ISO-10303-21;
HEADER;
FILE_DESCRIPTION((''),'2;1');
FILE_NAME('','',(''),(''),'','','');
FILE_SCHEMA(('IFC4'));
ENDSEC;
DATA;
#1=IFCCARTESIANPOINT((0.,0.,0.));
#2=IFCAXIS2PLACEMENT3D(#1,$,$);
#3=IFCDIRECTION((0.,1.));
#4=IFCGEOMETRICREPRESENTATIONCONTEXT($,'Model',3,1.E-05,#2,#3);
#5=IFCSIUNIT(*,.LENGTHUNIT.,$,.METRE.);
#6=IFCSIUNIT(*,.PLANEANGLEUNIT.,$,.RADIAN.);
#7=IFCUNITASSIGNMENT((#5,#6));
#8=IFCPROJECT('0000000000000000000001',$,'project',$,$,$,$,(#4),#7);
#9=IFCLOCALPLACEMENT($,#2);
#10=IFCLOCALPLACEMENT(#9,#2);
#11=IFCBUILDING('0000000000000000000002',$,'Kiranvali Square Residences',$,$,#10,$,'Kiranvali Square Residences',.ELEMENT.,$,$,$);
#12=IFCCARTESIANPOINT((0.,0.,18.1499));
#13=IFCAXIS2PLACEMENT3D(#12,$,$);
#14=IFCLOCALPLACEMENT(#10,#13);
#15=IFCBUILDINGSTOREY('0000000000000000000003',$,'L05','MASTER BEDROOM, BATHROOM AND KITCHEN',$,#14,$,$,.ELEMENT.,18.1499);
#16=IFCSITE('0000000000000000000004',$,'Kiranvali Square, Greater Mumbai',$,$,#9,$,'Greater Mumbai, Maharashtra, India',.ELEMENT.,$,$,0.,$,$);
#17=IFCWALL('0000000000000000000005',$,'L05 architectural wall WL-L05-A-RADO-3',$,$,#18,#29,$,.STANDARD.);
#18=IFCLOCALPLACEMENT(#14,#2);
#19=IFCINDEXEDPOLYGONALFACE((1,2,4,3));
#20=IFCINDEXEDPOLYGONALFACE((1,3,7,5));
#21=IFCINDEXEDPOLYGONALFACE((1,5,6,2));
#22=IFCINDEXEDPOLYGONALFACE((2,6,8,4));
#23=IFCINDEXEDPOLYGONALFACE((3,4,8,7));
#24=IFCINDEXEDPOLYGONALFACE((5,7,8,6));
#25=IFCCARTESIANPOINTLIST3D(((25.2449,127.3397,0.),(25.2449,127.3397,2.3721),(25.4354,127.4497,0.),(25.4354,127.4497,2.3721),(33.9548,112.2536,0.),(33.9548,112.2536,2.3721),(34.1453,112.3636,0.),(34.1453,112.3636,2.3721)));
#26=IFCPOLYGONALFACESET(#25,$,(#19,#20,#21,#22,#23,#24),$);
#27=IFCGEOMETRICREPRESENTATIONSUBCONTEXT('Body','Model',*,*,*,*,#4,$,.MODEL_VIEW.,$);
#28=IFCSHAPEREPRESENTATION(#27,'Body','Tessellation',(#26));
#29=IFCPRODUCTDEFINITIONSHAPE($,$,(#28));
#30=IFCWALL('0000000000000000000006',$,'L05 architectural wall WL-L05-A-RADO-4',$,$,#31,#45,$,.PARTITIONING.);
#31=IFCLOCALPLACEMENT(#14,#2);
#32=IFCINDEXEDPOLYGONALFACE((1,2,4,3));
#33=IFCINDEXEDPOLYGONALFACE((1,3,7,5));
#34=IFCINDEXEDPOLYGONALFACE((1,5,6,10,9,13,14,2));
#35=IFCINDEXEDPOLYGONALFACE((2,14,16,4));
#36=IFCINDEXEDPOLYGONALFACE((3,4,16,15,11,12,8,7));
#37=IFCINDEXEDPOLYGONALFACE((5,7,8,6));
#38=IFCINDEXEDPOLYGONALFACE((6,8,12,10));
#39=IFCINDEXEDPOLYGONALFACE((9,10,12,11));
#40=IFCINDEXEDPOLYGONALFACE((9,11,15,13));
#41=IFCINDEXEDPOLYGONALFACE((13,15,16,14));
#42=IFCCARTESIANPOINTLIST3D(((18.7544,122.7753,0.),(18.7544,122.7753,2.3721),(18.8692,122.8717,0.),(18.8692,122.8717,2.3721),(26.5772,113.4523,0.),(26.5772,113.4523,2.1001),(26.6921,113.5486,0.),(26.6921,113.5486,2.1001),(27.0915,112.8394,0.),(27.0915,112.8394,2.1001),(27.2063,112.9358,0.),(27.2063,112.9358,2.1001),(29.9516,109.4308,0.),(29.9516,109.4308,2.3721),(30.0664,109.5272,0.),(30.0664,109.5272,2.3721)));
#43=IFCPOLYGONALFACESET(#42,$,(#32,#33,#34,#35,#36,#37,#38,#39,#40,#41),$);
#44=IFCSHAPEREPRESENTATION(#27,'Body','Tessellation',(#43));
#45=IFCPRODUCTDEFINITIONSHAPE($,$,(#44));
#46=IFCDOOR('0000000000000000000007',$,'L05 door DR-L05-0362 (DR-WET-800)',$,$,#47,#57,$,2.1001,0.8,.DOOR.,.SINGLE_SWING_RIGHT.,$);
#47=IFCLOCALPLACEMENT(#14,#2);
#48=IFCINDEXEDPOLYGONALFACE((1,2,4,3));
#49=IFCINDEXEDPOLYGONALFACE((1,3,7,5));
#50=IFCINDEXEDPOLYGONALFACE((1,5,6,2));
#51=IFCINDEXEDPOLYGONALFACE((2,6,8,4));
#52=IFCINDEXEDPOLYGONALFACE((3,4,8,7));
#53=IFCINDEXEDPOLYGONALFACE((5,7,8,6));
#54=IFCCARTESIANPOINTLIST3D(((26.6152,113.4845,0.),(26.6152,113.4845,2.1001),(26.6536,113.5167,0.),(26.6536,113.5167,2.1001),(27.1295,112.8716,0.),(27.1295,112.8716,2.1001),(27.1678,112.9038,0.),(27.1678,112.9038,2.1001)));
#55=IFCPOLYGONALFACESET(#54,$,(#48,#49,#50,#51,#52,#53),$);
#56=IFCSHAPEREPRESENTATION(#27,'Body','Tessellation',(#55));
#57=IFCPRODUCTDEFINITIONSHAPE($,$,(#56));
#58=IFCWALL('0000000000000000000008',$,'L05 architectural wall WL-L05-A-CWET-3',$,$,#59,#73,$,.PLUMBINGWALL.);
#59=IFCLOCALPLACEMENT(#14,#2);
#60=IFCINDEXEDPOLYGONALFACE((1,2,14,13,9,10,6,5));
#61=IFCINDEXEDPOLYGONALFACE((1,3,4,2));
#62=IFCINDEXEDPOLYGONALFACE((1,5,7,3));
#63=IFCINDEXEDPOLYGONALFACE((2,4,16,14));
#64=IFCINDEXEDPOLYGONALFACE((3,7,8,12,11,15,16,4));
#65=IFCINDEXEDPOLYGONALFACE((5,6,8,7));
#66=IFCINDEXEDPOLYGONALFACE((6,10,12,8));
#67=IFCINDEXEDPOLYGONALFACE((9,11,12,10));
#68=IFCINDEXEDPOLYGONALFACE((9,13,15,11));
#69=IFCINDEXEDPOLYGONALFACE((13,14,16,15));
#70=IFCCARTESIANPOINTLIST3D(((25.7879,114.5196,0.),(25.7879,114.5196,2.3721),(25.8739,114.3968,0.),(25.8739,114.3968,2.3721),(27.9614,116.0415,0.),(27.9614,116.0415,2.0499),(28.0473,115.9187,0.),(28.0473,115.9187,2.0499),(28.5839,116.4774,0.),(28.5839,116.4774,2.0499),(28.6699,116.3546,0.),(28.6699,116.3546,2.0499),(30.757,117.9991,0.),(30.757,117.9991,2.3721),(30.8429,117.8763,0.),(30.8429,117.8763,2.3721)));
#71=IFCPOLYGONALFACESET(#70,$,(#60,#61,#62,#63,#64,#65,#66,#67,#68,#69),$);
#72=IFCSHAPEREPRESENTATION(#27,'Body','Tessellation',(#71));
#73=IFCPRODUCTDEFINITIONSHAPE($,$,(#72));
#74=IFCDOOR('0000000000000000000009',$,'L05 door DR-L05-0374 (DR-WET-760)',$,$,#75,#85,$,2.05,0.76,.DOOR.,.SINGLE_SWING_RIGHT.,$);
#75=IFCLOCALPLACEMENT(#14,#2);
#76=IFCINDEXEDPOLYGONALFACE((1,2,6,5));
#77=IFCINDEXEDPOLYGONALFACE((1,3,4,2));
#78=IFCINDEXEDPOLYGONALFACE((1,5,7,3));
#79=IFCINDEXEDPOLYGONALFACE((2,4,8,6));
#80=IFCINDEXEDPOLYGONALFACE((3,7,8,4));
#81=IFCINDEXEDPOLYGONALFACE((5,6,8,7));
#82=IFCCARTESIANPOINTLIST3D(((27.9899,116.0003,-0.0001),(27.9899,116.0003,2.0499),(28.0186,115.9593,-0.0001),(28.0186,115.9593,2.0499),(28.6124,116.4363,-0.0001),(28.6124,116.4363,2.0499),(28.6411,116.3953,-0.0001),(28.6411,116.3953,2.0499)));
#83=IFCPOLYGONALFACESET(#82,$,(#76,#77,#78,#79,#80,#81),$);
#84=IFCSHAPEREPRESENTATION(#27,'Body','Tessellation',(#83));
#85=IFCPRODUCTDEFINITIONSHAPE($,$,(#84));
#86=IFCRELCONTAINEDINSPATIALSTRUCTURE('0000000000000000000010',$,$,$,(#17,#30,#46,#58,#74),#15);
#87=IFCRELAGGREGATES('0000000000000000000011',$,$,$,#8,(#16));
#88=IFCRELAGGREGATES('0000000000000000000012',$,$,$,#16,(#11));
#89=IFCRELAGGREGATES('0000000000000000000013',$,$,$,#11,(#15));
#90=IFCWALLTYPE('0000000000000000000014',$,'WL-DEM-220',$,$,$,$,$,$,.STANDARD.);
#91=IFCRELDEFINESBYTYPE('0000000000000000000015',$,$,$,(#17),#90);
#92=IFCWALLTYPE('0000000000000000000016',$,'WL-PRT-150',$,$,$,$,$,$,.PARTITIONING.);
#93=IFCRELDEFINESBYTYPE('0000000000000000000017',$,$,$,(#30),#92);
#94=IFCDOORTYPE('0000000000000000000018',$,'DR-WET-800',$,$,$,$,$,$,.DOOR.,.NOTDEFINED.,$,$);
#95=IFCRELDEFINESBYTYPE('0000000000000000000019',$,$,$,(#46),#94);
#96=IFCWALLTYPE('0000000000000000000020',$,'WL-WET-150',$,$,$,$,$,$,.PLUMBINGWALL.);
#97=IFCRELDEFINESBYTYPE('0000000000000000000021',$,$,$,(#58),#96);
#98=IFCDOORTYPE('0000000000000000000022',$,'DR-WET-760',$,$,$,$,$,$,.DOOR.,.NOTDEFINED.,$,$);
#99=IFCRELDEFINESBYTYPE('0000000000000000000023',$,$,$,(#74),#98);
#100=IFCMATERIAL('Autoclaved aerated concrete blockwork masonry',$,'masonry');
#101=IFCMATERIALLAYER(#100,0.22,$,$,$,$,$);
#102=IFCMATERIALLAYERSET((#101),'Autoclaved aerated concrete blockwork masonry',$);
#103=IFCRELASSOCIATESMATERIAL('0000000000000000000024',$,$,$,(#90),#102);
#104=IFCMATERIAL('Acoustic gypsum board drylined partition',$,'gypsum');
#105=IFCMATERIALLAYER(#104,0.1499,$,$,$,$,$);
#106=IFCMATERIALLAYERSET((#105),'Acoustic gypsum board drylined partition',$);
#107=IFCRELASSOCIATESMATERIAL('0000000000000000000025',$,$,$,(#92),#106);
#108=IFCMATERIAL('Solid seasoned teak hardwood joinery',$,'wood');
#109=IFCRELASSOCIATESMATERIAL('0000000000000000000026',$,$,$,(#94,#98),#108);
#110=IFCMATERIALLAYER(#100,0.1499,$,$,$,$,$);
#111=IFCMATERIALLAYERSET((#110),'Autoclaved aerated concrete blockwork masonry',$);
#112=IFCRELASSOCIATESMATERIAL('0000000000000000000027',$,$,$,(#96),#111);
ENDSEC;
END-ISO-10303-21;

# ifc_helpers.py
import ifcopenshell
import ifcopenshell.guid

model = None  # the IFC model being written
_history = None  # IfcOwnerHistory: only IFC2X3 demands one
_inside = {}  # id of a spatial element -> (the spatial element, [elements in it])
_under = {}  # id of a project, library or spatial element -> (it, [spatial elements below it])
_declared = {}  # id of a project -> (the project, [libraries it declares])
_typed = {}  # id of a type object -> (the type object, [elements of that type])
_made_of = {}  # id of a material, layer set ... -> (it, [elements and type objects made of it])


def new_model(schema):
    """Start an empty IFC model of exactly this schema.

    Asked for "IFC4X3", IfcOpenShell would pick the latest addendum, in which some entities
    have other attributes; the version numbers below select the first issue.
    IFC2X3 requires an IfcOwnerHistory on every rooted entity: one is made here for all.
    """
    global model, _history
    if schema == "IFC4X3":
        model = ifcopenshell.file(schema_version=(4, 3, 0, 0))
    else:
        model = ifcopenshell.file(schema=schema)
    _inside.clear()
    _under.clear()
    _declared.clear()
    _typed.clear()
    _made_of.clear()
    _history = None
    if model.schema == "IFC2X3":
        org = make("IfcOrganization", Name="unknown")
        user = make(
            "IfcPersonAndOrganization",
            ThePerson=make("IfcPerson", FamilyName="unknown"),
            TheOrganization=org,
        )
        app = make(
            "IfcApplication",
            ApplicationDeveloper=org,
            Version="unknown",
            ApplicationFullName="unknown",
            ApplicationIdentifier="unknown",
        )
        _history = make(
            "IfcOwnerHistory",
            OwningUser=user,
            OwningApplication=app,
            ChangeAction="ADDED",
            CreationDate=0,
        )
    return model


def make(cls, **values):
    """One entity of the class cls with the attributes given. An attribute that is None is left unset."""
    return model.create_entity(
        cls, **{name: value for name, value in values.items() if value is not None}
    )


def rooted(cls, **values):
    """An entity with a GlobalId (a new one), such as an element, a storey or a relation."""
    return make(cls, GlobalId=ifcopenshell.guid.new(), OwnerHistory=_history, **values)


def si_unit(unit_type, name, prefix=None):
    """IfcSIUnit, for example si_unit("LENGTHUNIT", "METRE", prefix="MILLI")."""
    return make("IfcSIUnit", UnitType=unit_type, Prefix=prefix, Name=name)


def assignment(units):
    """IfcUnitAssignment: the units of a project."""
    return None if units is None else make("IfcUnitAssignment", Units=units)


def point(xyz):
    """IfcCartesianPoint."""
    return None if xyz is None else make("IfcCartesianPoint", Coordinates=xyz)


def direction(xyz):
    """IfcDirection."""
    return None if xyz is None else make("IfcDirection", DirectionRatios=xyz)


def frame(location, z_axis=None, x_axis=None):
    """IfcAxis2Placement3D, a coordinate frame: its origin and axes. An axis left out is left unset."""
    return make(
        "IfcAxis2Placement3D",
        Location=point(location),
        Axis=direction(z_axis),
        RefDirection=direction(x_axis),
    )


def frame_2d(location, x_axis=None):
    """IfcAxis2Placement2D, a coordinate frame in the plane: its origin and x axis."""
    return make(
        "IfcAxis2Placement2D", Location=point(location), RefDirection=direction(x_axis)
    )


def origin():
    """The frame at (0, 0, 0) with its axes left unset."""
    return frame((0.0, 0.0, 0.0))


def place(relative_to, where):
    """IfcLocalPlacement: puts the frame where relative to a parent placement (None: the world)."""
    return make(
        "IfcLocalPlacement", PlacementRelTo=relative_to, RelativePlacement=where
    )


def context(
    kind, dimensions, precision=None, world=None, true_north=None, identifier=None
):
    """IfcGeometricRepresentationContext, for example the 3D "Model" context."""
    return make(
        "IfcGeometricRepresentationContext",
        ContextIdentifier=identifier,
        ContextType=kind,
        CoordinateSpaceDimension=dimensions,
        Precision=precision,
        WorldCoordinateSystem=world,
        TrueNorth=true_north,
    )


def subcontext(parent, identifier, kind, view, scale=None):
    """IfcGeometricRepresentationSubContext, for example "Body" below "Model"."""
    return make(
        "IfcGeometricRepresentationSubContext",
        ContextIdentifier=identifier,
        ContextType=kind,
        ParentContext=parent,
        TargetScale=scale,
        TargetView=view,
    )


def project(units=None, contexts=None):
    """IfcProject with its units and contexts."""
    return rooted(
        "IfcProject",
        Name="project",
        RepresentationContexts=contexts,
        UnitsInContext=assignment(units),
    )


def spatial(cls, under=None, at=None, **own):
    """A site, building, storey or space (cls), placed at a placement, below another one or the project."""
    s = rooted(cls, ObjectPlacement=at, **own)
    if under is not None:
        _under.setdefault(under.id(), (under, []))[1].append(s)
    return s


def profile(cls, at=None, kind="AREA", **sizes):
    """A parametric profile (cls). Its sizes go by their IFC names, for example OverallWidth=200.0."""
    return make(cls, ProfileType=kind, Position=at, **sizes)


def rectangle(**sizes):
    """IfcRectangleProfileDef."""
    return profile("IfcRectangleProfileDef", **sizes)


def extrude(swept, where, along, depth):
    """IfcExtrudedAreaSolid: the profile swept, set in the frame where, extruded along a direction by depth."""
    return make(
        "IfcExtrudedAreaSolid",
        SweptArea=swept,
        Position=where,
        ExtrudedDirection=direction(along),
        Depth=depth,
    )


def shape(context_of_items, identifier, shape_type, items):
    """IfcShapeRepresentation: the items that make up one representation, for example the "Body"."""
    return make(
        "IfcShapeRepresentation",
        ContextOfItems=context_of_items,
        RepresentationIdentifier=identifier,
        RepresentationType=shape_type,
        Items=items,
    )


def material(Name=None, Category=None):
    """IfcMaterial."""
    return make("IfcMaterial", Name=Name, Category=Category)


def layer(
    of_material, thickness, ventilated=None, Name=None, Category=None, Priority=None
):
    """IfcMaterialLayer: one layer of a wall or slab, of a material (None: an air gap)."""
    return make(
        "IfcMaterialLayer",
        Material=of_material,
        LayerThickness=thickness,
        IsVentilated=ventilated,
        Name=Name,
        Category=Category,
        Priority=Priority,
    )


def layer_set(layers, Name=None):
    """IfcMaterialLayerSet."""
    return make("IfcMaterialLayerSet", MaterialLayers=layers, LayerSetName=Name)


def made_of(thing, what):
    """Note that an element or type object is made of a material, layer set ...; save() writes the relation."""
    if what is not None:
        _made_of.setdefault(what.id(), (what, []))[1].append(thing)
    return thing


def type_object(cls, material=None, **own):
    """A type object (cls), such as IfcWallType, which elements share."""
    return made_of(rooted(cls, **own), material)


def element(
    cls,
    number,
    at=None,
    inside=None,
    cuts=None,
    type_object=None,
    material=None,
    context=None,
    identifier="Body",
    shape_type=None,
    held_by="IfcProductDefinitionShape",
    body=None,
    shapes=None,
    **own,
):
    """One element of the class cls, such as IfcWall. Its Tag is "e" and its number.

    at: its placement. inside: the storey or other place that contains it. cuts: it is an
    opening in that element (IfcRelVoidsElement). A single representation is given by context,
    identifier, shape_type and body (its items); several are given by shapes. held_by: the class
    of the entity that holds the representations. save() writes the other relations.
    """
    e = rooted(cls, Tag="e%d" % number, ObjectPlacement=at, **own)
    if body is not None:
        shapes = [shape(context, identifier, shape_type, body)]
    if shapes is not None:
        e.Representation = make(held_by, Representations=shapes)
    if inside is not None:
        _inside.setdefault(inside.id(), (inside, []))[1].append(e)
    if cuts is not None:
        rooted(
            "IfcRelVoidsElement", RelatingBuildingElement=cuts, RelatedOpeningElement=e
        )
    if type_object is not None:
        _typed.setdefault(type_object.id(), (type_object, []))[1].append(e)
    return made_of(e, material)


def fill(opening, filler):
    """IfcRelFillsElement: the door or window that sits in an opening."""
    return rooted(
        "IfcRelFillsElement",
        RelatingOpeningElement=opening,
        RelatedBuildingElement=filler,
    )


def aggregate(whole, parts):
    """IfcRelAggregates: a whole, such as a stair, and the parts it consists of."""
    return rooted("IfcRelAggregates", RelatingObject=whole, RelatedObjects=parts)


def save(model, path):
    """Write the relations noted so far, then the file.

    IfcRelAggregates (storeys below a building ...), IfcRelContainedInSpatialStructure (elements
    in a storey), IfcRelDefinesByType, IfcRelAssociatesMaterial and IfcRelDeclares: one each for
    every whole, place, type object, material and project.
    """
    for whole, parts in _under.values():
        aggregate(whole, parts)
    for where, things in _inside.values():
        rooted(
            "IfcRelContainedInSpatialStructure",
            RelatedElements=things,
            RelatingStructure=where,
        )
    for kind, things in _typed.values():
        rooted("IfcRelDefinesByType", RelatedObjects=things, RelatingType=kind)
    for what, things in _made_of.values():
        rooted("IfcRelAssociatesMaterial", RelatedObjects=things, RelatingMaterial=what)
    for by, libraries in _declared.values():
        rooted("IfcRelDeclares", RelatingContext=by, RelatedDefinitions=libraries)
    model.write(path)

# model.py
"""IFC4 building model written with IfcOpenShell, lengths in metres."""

from ifc_helpers import new_model, si_unit, direction, frame, frame_2d, origin, place, context, subcontext, project, spatial, rectangle, extrude, material, layer, layer_set, type_object, element, fill, save


model = new_model("IFC4")

# Units and contexts
model_context = context("Model", 3, precision=1e-05, world=origin(), true_north=direction((0.0, 1.0)))
body_context = subcontext(model_context, "Body", "Model", "MODEL_VIEW")
ifc_project = project(units=[si_unit("LENGTHUNIT", "METRE"), si_unit("PLANEANGLEUNIT", "RADIAN")], contexts=[model_context])

# Site, building, storey
site_placement = place(None, origin())
site = spatial("IfcSite", under=ifc_project, at=site_placement, Name="Kiranvali Square, Greater Mumbai", LongName="Greater Mumbai, Maharashtra, India", CompositionType="ELEMENT", RefElevation=0.0)
building_placement = place(site_placement, origin())
building = spatial("IfcBuilding", under=site, at=building_placement, Name="Kiranvali Square Residences", LongName="Kiranvali Square Residences", CompositionType="ELEMENT")
storey_placement = place(building_placement, frame((0.0, 0.0, 18.1499)))
storey = spatial("IfcBuildingStorey", under=building, at=storey_placement, Name="L05", Description="MASTER BEDROOM, BATHROOM AND KITCHEN", CompositionType="ELEMENT", Elevation=18.1499)

# Shared definitions
ifc_material_1 = material(Name="Autoclaved aerated concrete blockwork masonry", Category="masonry")

# Wall
ifc_layer_1 = layer(ifc_material_1, 0.22)
ifc_layer_set_1 = layer_set([ifc_layer_1], Name="Autoclaved aerated concrete blockwork masonry")
wall_type_1 = type_object("IfcWallType", Name="WL-DEM-220", PredefinedType="STANDARD", material=ifc_layer_set_1)
wall_1_placement = place(storey_placement, frame((34.05, 112.3086, 0.0), z_axis=(0.0, 0.0, 1.0), x_axis=(-0.499998, 0.866027, 0.0)))
element("IfcWall", 1, at=wall_1_placement, inside=storey, type_object=wall_type_1, Name="L05 architectural wall WL-L05-A-RADO-3", PredefinedType="STANDARD", context=body_context, shape_type="SweptSolid", body=[
    extrude(rectangle(XDim=17.4199, YDim=0.22, at=frame_2d((8.71, 0.0))), origin(), (0.0, 0.0, 1.0), 2.3721),
])

# Walls, openings, doors
ifc_material_2 = material(Name="Acoustic gypsum board drylined partition", Category="gypsum")
ifc_layer_2 = layer(ifc_material_2, 0.1499)
ifc_layer_set_2 = layer_set([ifc_layer_2], Name="Acoustic gypsum board drylined partition")
wall_type_2 = type_object("IfcWallType", Name="WL-PRT-150", PredefinedType="PARTITIONING", material=ifc_layer_set_2)
wall_2_placement = place(storey_placement, frame((30.009, 109.479, 0.0), z_axis=(0.0, 0.0, 1.0), x_axis=(-0.642785, 0.766047, 0.0)))
wall_2 = element("IfcWall", 2, at=wall_2_placement, inside=storey, type_object=wall_type_2, Name="L05 architectural wall WL-L05-A-RADO-4", PredefinedType="PARTITIONING", context=body_context, shape_type="SweptSolid", body=[
    extrude(rectangle(XDim=17.4199, YDim=0.1499, at=frame_2d((8.71, 0.0))), origin(), (0.0, 0.0, 1.0), 2.3721),
])
opening_1_placement = place(wall_2_placement, frame((4.4497, 0.0, 0.0)))
opening_1 = element("IfcOpeningElement", 3, at=opening_1_placement, cuts=wall_2, PredefinedType="OPENING", context=body_context, shape_type="SweptSolid", body=[
    extrude(rectangle(XDim=0.8, YDim=2.1001, at=frame_2d((0.3999, 1.05))), frame((0.0, 0.085, 0.0), z_axis=(0.0, -1.0, 0.0), x_axis=(1.0, 0.0, 0.0)), (0.0, 0.0, 1.0), 0.1699),
])
ifc_material_3 = material(Name="Solid seasoned teak hardwood joinery", Category="wood")
door_type_1 = type_object("IfcDoorType", Name="DR-WET-800", OperationType="NOTDEFINED", PredefinedType="DOOR", material=ifc_material_3)
door_1_placement = place(opening_1_placement, frame((0.8, 0.0, 0.0), z_axis=(0.0, 0.0, 1.0), x_axis=(-1.0, 0.0, 0.0)))
door_1 = element("IfcDoor", 4, at=door_1_placement, inside=storey, type_object=door_type_1, Name="L05 door DR-L05-0362 (DR-WET-800)", OperationType="SINGLE_SWING_RIGHT", OverallHeight=2.1001, OverallWidth=0.8, PredefinedType="DOOR", context=body_context, shape_type="SweptSolid", body=[
    extrude(rectangle(XDim=0.8, YDim=2.1001, at=frame_2d((0.3999, 1.05))), frame((0.0, 0.0249, 0.0), z_axis=(0.0, -1.0, 0.0), x_axis=(1.0, 0.0, 0.0)), (0.0, 0.0, 1.0), 0.05),
])
fill(opening_1, door_1)
ifc_layer_3 = layer(ifc_material_1, 0.1499)
ifc_layer_set_3 = layer_set([ifc_layer_3], Name="Autoclaved aerated concrete blockwork masonry")
wall_type_3 = type_object("IfcWallType", Name="WL-WET-150", PredefinedType="PLUMBINGWALL", material=ifc_layer_set_3)
wall_3_placement = place(storey_placement, frame((30.8, 117.9377, 0.0), z_axis=(0.0, 0.0, 1.0), x_axis=(-0.819139, -0.573595, 0.0)))
wall_3 = element("IfcWall", 5, at=wall_3_placement, inside=storey, type_object=wall_type_3, Name="L05 architectural wall WL-L05-A-CWET-3", PredefinedType="PLUMBINGWALL", context=body_context, shape_type="SweptSolid", body=[
    extrude(rectangle(XDim=6.0662, YDim=0.1499, at=frame_2d((3.0332, 0.0))), origin(), (0.0, 0.0, 1.0), 2.3721),
])
opening_2_placement = place(wall_3_placement, frame((2.6531, 0.0, 0.0)))
opening_2 = element("IfcOpeningElement", 6, at=opening_2_placement, cuts=wall_3, PredefinedType="OPENING", context=body_context, shape_type="SweptSolid", body=[
    extrude(rectangle(XDim=0.76, YDim=2.05, at=frame_2d((0.3799, 1.0249))), frame((0.0, 0.085, 0.0), z_axis=(0.0, -1.0, 0.0), x_axis=(1.0, 0.0, 0.0)), (0.0, 0.0, 1.0), 0.1699),
])
door_type_2 = type_object("IfcDoorType", Name="DR-WET-760", OperationType="NOTDEFINED", PredefinedType="DOOR", material=ifc_material_3)
door_2_placement = place(opening_2_placement, frame((0.76, 0.0, 0.0), z_axis=(0.0, 0.0, 1.0), x_axis=(-1.0, 0.0, 0.0)))
door_2 = element("IfcDoor", 7, at=door_2_placement, inside=storey, type_object=door_type_2, Name="L05 door DR-L05-0374 (DR-WET-760)", OperationType="SINGLE_SWING_RIGHT", OverallHeight=2.05, OverallWidth=0.76, PredefinedType="DOOR", context=body_context, shape_type="SweptSolid", body=[
    extrude(rectangle(XDim=0.76, YDim=2.05, at=frame_2d((0.3799, 1.0249))), frame((0.0, 0.0249, 0.0), z_axis=(0.0, -1.0, 0.0), x_axis=(1.0, 0.0, 0.0)), (0.0, 0.0, 1.0), 0.05),
])
fill(opening_2, door_2)

save(model, "model.ifc")
